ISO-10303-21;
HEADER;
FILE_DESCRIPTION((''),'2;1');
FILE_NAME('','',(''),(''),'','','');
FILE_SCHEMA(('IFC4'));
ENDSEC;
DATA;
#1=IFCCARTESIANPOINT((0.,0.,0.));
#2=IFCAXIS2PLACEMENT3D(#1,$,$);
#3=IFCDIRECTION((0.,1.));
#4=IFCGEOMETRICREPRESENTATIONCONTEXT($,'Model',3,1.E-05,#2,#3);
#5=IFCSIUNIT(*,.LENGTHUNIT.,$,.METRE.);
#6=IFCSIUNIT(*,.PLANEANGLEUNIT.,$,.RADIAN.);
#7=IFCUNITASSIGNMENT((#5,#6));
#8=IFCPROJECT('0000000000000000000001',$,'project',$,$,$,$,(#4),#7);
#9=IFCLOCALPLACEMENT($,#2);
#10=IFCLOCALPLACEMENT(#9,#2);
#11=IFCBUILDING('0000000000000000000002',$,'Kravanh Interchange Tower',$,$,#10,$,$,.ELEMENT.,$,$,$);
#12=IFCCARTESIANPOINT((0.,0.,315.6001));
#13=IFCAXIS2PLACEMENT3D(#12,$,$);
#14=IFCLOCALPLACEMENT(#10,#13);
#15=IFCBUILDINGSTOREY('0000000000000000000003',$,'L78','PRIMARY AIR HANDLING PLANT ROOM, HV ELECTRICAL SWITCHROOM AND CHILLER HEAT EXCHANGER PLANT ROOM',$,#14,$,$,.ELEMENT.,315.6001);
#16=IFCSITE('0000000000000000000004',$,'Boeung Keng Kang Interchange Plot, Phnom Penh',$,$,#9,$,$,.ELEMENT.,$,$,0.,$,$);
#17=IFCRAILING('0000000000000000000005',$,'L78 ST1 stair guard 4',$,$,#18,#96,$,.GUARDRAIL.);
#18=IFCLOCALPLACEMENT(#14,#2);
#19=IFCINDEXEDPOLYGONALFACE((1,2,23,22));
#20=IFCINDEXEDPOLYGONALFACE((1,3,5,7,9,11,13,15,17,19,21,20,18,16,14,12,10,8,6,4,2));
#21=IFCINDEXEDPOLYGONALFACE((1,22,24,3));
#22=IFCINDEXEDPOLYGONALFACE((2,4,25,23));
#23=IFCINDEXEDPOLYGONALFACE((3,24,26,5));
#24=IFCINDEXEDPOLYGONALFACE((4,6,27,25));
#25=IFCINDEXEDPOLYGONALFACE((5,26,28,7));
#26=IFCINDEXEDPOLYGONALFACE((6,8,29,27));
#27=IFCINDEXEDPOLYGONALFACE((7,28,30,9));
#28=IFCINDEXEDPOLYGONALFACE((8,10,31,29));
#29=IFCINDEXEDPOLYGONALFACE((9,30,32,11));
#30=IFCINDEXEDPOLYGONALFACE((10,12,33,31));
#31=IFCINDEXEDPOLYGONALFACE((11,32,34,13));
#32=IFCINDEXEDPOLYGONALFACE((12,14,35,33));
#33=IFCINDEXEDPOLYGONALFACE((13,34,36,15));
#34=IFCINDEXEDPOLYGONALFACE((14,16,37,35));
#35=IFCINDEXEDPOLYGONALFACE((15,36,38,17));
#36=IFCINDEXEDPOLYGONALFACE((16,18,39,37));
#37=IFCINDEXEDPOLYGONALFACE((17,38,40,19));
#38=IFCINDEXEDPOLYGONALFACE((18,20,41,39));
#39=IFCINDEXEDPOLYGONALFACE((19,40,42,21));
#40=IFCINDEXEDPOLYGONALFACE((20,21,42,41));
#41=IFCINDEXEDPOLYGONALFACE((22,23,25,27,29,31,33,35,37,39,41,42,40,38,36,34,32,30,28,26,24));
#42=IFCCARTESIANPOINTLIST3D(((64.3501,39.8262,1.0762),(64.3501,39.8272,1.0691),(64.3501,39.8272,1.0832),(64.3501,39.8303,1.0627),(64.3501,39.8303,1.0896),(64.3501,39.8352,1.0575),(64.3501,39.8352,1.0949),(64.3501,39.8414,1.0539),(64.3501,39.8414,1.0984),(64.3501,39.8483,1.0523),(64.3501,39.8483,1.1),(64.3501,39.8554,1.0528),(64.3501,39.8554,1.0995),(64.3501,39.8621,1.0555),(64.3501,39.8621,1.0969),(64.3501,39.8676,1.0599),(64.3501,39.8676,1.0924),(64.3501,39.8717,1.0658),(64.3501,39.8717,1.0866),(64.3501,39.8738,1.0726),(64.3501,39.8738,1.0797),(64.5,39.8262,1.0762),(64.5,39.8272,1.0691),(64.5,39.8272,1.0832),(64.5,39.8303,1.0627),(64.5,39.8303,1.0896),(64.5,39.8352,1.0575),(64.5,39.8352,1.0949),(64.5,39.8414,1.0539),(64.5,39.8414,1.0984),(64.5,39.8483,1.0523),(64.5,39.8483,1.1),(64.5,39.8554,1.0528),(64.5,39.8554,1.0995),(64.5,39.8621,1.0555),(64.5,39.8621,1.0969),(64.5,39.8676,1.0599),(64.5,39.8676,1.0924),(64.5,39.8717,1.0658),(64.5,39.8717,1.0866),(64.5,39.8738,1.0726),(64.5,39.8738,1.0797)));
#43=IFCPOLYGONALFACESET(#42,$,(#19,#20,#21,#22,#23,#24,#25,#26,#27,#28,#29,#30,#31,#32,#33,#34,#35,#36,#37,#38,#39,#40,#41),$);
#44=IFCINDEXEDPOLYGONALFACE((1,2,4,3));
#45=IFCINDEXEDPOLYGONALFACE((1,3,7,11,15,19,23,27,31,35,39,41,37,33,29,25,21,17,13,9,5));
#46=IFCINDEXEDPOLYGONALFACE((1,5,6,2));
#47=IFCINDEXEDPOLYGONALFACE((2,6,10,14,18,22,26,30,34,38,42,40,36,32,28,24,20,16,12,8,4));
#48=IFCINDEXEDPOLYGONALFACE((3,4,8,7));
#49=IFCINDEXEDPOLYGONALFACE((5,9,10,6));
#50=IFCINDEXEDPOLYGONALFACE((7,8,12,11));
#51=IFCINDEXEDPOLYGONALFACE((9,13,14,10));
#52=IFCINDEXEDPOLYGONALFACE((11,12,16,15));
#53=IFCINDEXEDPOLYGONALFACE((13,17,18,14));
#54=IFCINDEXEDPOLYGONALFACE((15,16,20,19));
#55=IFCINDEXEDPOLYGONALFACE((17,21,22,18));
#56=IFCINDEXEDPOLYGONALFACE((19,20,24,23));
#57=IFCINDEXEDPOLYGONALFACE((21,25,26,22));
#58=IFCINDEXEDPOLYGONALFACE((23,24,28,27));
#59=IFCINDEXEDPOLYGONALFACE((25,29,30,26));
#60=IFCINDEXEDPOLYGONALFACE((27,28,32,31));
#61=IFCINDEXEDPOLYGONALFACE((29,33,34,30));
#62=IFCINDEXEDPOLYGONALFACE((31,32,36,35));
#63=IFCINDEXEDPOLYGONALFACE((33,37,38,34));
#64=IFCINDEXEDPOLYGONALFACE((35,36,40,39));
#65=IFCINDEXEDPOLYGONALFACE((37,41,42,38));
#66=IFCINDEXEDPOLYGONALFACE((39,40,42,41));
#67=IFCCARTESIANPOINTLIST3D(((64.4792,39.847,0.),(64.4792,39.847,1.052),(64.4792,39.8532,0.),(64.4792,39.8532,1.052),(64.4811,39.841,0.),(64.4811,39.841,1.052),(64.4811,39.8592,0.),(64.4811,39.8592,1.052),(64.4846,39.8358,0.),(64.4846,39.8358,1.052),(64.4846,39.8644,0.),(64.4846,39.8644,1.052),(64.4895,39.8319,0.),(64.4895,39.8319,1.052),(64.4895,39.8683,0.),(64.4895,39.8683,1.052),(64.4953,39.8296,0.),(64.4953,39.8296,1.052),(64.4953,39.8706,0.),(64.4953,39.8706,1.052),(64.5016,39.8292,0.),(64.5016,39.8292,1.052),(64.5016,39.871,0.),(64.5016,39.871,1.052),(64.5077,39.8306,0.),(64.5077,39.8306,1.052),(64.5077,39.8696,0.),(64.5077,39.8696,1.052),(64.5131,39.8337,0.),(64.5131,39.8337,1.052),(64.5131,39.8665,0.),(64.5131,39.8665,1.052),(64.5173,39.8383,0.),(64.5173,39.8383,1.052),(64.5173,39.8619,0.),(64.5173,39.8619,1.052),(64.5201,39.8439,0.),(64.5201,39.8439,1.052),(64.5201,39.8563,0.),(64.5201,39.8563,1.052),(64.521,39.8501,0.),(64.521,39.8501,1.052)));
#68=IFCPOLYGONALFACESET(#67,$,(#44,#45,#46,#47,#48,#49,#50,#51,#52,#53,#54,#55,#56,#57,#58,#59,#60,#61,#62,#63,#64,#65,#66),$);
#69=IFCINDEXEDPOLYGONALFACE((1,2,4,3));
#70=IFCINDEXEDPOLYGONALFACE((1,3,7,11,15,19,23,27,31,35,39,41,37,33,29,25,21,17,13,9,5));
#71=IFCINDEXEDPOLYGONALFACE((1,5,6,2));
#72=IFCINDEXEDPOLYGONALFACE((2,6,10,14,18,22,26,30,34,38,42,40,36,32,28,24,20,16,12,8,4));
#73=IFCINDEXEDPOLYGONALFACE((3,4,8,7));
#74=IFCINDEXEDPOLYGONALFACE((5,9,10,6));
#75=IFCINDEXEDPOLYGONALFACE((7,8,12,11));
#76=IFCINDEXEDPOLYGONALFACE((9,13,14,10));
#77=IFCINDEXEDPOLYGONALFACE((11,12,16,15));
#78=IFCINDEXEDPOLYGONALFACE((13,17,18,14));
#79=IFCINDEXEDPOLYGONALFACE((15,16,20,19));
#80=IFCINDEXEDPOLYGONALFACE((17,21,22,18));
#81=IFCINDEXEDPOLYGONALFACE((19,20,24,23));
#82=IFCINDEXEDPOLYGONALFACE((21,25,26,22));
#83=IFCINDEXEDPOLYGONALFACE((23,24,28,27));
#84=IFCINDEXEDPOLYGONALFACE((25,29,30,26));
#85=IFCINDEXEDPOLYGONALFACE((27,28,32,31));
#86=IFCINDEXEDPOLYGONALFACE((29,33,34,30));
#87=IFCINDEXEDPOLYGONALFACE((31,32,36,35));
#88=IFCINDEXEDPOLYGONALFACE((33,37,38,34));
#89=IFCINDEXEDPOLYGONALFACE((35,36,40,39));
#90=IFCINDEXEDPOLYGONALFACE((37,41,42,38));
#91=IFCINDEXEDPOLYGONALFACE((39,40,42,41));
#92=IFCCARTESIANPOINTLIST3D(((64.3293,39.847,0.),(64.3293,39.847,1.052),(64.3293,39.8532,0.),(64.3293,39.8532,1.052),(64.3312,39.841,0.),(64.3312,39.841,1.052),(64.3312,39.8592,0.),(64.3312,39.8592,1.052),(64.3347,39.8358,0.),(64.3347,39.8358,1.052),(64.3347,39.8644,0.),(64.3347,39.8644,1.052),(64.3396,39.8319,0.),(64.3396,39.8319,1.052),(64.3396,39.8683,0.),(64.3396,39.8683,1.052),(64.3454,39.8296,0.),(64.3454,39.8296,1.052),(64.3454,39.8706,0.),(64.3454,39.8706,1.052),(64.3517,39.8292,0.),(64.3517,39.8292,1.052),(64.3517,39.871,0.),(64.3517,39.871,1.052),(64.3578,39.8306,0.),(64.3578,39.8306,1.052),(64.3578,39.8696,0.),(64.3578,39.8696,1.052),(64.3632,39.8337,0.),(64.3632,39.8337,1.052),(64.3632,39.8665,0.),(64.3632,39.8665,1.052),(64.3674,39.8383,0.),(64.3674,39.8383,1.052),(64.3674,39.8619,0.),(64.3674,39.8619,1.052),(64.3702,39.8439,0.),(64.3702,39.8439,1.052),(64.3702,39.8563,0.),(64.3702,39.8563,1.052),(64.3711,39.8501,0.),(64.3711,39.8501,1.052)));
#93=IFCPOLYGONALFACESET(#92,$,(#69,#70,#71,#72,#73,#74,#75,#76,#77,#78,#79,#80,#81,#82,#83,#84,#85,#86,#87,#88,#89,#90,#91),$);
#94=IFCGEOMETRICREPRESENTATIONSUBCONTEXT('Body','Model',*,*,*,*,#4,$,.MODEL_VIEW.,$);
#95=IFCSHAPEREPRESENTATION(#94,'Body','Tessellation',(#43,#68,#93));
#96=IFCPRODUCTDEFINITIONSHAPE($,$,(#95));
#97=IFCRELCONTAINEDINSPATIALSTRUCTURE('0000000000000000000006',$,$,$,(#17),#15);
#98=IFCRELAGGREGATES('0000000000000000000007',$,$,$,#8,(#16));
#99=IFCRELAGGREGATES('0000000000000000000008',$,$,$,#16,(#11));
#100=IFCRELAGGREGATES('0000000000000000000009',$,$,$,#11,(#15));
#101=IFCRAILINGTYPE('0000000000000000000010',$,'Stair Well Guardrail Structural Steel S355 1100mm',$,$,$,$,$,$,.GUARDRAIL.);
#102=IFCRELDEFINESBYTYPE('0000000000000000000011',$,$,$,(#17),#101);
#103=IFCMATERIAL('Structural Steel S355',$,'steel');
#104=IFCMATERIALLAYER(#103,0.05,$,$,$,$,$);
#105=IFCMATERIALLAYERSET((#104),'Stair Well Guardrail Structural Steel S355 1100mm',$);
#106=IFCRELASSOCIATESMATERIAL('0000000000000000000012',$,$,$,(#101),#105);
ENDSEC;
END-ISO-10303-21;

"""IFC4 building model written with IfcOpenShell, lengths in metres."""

from ifc_helpers import new_model, si_unit, direction, frame, origin, origin_2d, place, context, subcontext, project, spatial, circle, extrude, material, layer, layer_set, type_object, element, save


model = new_model("IFC4")

# Units and contexts
model_context = context("Model", 3, precision=1e-05, world=origin(), true_north=direction((0.0, 1.0)))
body_context = subcontext(model_context, "Body", "Model", "MODEL_VIEW")
ifc_project = project(units=[si_unit("LENGTHUNIT", "METRE"), si_unit("PLANEANGLEUNIT", "RADIAN")], contexts=[model_context])

# Site, building, storey
site_placement = place(None, origin())
site = spatial("IfcSite", under=ifc_project, at=site_placement, Name="Boeung Keng Kang Interchange Plot, Phnom Penh", CompositionType="ELEMENT", RefElevation=0.0)
building_placement = place(site_placement, origin())
building = spatial("IfcBuilding", under=site, at=building_placement, Name="Kravanh Interchange Tower", CompositionType="ELEMENT")
storey_placement = place(building_placement, frame((0.0, 0.0, 315.6001)))
storey = spatial("IfcBuildingStorey", under=building, at=storey_placement, Name="L78", Description="PRIMARY AIR HANDLING PLANT ROOM, HV ELECTRICAL SWITCHROOM AND CHILLER HEAT EXCHANGER PLANT ROOM", CompositionType="ELEMENT", Elevation=315.6001)

# Railing
ifc_material_1 = material(Name="Structural Steel S355", Category="steel")
ifc_layer_1 = layer(ifc_material_1, 0.05)
ifc_layer_set_1 = layer_set([ifc_layer_1], Name="Stair Well Guardrail Structural Steel S355 1100mm")
railing_type_1 = type_object("IfcRailingType", Name="Stair Well Guardrail Structural Steel S355 1100mm", PredefinedType="GUARDRAIL", material=ifc_layer_set_1)
railing_1_placement = place(storey_placement, frame((64.5, 39.8501, 0.0)))
element("IfcRailing", 1, at=railing_1_placement, inside=storey, type_object=railing_type_1, Name="L78 ST1 stair guard 4", PredefinedType="GUARDRAIL", context=body_context, shape_type="SweptSolid", body=[
    extrude(circle(Radius=0.0239, at=origin_2d()), frame((0.0, 0.0, 1.0762), z_axis=(-1.0, 0.0, 0.0), x_axis=(0.0, -1.0, 0.0)), (0.0, 0.0, 1.0), 0.1499),
    extrude(circle(Radius=0.021, at=origin_2d()), origin(), (0.0, 0.0, 1.0), 1.052),
    extrude(circle(Radius=0.021, at=origin_2d()), frame((-0.1499, 0.0, 0.0)), (0.0, 0.0, 1.0), 1.052),
])

save(model, "model.ifc")
